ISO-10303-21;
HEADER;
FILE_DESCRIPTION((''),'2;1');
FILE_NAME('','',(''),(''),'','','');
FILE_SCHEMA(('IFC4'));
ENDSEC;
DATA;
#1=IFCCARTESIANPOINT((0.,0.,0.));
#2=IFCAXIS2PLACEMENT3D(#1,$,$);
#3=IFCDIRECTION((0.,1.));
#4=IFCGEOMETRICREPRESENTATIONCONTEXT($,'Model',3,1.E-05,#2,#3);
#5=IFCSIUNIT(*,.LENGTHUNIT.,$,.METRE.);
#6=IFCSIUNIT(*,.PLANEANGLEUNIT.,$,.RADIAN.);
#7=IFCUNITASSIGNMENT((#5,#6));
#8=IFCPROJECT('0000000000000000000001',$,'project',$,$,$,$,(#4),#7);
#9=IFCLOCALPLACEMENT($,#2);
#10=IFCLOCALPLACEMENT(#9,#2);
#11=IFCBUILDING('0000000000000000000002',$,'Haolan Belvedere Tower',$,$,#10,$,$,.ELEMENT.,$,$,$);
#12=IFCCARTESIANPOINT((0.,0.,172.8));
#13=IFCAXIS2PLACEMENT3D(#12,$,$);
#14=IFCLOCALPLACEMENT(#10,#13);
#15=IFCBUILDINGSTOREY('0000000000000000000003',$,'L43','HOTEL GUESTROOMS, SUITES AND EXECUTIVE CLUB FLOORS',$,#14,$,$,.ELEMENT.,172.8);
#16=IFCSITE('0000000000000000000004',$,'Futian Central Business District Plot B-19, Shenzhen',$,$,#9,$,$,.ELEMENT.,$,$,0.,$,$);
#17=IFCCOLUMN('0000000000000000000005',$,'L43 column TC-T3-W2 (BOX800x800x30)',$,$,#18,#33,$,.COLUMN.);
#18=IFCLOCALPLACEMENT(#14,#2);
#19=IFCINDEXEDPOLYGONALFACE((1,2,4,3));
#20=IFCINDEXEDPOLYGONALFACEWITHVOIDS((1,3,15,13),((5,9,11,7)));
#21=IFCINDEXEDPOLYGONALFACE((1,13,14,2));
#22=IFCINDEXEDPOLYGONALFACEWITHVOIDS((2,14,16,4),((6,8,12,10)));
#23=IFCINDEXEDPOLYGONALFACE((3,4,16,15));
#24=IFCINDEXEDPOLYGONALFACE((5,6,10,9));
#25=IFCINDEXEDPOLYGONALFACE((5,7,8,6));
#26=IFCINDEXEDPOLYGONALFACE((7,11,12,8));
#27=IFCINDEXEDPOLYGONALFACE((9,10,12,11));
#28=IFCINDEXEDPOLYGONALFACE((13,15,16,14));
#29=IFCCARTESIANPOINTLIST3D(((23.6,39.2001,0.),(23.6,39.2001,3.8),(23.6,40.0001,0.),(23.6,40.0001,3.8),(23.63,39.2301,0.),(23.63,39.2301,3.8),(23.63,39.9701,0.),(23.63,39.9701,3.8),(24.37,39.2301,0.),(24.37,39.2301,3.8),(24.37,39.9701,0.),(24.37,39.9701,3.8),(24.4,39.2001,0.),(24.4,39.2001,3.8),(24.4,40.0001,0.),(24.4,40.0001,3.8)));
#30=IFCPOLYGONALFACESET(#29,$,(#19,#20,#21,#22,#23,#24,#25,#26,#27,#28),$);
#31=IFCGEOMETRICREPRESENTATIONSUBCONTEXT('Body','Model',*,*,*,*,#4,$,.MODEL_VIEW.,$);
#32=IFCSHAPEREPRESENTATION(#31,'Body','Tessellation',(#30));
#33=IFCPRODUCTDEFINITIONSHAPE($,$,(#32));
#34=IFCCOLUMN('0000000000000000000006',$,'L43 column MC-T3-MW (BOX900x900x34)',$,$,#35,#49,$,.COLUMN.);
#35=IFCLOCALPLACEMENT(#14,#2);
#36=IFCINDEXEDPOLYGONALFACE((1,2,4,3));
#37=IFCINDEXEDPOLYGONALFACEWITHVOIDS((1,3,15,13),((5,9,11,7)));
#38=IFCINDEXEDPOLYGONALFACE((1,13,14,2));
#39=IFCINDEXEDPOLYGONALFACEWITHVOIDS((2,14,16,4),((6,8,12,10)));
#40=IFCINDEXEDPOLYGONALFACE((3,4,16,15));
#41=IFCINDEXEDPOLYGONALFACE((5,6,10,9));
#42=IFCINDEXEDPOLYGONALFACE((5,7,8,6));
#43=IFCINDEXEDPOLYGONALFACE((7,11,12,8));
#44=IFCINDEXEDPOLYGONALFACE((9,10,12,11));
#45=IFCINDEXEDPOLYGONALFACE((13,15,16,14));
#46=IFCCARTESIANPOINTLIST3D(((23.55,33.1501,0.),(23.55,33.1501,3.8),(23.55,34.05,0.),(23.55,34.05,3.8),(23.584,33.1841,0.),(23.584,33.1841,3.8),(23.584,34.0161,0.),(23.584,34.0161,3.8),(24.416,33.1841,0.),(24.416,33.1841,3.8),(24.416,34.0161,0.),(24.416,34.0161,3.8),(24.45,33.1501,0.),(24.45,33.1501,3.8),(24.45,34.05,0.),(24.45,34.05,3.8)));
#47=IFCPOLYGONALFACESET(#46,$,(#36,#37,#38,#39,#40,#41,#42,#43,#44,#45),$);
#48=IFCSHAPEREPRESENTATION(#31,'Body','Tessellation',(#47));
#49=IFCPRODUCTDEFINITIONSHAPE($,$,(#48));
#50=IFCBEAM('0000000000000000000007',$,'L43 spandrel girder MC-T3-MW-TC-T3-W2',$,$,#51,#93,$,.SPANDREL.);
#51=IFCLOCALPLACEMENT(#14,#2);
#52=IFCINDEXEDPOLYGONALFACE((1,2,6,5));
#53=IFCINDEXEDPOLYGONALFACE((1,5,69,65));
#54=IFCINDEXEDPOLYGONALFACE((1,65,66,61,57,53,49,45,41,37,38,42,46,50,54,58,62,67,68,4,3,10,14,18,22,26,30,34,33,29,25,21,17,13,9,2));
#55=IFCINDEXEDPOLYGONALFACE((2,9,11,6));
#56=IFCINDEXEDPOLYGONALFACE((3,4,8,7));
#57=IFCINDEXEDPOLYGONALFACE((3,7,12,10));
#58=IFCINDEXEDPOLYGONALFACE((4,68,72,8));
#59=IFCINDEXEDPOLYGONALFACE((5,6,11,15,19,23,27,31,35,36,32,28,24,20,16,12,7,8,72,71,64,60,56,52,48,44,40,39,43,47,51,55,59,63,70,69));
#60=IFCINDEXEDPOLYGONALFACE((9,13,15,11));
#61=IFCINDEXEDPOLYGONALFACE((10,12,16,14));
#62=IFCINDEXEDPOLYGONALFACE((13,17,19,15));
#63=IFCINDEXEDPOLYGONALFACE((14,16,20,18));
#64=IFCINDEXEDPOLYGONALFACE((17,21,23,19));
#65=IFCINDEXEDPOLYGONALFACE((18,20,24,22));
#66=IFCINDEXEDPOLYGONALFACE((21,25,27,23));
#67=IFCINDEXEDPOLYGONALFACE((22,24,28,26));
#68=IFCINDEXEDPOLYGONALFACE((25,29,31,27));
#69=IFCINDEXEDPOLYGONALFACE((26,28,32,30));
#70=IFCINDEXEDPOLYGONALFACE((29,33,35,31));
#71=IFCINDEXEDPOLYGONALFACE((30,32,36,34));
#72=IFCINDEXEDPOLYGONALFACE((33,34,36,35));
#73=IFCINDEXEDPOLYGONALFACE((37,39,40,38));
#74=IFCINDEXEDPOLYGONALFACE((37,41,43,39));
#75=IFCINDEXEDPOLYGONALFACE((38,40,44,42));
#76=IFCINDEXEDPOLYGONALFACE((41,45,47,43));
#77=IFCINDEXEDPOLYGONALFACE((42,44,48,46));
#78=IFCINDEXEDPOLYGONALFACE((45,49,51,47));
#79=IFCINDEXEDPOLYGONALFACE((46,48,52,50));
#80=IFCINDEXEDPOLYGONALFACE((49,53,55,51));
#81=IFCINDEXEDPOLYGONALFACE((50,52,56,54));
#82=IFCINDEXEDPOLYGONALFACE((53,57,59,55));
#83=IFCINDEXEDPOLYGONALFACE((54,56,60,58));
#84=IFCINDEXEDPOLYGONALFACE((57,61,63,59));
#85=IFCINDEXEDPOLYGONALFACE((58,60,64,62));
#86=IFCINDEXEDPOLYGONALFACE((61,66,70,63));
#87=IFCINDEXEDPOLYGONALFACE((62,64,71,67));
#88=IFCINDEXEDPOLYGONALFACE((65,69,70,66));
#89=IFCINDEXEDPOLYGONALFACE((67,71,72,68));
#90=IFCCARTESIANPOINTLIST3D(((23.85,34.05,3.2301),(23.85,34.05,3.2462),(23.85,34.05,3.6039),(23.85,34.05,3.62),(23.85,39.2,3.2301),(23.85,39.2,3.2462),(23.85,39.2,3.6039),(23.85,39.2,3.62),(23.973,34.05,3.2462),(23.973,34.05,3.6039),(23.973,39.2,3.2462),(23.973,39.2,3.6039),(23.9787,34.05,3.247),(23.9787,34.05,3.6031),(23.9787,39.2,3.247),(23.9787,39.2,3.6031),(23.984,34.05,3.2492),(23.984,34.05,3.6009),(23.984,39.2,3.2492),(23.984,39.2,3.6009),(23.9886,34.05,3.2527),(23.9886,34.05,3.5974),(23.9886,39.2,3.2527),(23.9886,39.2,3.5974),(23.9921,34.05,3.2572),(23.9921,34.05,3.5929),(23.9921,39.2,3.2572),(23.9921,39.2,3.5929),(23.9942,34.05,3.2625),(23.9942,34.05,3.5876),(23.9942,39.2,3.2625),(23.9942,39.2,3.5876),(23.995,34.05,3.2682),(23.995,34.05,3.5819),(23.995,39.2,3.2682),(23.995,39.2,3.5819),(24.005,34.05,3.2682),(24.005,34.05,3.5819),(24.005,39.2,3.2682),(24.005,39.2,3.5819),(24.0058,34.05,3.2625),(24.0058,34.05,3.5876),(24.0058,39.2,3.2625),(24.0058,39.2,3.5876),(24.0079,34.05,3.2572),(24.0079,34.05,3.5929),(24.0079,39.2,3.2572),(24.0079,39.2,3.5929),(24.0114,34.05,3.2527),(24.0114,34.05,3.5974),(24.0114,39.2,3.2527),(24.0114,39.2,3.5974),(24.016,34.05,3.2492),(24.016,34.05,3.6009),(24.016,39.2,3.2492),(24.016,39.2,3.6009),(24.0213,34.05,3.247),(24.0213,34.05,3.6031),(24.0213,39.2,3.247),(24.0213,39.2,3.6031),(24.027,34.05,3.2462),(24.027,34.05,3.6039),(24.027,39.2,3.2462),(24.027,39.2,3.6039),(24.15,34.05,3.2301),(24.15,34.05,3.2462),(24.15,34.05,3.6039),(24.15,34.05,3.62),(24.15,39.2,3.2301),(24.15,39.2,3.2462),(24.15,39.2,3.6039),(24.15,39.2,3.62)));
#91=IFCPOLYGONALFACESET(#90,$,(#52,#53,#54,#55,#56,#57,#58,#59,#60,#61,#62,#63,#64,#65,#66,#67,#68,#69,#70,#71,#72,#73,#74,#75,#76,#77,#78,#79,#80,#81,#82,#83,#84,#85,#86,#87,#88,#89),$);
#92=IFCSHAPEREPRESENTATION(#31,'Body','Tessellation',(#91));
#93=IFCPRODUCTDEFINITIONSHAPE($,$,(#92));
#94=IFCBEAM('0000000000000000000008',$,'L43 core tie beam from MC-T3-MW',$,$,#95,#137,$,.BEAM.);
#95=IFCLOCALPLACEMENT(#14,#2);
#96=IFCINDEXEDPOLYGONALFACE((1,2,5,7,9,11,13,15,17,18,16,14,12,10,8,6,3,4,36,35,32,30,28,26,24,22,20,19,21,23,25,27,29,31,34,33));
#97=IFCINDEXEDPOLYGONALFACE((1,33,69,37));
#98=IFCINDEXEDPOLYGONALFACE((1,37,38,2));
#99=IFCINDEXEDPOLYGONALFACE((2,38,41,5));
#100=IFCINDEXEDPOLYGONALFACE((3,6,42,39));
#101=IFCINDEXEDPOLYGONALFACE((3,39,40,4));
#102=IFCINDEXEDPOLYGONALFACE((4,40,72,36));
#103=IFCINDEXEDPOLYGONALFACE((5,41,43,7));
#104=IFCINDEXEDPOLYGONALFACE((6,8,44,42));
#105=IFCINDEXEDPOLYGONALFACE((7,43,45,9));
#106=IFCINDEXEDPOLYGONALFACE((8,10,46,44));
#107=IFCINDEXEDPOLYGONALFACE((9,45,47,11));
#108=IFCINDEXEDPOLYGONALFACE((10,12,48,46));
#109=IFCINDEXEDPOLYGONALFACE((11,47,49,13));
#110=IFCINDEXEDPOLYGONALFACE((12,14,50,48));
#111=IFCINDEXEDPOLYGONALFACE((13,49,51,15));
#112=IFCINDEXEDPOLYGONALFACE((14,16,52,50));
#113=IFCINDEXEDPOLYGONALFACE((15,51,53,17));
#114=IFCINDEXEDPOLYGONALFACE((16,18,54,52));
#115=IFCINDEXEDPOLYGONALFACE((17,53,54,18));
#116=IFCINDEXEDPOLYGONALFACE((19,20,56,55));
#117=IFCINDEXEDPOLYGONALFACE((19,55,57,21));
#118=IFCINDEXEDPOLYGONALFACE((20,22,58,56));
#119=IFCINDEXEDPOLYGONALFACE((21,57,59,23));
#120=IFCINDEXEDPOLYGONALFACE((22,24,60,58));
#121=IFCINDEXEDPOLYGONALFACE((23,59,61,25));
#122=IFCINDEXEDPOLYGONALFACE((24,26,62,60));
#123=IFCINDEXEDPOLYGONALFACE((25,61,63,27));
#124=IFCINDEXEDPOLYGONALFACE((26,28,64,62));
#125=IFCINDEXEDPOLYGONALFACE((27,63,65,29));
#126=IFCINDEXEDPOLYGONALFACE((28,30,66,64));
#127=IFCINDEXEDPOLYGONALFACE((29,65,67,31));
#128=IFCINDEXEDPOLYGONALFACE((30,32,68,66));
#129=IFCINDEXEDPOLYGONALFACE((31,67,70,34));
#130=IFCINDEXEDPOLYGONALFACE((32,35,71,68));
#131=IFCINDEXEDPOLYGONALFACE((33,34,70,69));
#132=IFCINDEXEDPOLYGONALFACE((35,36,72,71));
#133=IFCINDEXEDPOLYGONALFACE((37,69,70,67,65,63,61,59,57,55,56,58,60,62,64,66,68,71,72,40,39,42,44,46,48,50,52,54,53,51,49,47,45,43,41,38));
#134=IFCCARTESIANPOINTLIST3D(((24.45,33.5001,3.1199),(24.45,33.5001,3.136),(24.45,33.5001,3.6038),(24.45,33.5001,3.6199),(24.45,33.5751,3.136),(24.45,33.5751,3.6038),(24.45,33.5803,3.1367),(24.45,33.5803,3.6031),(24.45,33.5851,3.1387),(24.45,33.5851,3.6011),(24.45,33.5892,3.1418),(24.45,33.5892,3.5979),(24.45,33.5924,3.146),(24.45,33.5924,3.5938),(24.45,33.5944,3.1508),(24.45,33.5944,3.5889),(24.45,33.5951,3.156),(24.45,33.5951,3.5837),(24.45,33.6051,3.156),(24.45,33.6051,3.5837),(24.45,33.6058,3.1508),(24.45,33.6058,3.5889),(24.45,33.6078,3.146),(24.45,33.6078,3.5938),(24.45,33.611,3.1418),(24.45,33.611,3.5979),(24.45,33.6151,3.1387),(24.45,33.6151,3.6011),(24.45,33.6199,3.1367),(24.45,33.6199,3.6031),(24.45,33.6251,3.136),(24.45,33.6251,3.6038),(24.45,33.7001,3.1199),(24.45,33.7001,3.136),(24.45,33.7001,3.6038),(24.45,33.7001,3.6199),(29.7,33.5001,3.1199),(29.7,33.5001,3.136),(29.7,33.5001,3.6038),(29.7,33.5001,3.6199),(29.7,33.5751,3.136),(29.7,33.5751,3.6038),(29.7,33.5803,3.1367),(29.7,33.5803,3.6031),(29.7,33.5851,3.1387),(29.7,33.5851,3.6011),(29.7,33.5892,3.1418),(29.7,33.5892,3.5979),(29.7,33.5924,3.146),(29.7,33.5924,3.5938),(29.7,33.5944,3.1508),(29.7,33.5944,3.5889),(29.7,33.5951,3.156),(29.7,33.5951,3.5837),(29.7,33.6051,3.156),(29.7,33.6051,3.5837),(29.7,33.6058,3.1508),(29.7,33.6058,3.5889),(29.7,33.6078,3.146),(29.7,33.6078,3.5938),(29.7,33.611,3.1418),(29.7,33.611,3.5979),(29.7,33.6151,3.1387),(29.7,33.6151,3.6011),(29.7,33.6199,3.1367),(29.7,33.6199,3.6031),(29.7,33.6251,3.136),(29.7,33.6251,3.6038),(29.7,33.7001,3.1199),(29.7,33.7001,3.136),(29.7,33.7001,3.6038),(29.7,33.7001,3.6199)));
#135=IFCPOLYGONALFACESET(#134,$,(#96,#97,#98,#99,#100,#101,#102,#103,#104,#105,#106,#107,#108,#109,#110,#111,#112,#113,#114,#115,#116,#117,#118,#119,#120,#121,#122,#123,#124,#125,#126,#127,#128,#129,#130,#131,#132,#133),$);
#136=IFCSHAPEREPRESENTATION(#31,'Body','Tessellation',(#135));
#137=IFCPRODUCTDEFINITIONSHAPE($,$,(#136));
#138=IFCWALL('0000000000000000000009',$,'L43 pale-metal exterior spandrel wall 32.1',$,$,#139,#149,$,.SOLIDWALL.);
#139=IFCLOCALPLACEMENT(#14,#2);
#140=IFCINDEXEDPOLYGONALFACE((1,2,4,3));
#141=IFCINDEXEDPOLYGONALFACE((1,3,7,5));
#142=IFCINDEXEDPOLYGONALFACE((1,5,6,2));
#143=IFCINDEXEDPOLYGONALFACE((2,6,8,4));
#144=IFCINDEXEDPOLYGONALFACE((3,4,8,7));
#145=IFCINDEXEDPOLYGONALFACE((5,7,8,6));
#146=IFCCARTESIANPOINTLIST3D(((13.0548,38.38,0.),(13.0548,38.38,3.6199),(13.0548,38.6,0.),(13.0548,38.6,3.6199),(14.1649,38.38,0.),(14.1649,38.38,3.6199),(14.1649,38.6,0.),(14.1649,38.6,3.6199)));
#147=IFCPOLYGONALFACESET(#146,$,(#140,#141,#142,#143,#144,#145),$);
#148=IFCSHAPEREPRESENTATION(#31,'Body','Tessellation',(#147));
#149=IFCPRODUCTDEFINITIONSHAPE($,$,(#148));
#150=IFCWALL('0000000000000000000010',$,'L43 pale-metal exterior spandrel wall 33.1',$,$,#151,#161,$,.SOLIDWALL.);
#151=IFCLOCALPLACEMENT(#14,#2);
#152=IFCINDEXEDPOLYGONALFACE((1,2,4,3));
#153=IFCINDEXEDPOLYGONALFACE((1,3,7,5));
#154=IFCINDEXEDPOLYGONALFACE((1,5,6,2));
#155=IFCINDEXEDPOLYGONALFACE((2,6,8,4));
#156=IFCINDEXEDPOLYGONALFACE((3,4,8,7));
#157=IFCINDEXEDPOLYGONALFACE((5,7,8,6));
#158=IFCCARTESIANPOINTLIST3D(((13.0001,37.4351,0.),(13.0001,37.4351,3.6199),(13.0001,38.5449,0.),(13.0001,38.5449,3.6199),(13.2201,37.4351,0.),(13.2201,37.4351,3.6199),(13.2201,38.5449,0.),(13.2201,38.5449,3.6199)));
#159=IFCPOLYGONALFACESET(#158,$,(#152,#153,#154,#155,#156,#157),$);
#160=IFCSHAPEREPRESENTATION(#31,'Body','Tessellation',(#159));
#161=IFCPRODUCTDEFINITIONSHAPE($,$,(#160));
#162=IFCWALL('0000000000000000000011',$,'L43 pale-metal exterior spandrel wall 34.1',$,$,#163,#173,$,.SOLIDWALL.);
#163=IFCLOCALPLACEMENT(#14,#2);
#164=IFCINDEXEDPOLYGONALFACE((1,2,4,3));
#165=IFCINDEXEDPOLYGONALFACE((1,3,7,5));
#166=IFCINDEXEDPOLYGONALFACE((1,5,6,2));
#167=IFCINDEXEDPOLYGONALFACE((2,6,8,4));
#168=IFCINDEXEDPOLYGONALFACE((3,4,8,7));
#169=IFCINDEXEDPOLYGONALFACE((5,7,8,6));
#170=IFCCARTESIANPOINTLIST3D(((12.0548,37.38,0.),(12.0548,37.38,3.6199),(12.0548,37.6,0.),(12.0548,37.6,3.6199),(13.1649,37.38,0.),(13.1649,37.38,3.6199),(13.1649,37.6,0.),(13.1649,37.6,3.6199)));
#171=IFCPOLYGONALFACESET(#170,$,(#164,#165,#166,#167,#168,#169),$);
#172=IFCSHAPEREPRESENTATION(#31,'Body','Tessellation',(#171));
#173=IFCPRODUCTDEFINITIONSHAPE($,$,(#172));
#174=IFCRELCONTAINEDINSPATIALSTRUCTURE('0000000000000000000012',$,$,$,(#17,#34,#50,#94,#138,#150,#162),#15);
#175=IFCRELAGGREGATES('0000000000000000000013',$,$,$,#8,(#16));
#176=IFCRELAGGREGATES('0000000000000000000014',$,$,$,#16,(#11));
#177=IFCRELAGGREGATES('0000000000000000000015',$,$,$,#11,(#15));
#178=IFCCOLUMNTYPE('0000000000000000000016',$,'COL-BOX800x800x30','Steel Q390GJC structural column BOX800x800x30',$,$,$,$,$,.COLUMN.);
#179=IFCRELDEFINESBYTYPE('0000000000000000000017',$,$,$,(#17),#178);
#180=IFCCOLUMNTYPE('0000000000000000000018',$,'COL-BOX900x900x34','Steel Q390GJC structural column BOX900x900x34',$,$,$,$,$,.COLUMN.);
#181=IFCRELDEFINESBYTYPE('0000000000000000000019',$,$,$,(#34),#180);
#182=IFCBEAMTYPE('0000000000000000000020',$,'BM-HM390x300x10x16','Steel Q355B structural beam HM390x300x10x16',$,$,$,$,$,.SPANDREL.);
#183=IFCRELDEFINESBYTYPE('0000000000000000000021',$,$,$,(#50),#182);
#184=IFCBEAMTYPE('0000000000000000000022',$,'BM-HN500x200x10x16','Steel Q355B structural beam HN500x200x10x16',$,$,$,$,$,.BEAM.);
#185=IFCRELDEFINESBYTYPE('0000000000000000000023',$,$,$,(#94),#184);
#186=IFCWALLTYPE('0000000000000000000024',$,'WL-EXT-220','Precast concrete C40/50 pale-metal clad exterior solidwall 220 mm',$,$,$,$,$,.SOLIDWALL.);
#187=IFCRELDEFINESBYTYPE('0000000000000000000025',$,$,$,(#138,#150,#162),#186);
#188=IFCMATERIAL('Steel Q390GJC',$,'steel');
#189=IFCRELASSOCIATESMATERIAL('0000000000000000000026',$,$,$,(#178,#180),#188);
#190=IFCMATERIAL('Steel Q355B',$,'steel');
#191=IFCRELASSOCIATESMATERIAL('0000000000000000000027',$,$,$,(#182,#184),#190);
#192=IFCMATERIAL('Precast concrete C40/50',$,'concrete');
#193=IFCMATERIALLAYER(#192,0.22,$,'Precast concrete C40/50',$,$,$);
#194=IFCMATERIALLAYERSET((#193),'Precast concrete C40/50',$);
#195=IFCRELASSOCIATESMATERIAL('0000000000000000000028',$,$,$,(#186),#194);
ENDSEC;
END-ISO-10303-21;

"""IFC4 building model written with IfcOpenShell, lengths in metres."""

from ifc_helpers import new_model, si_unit, direction, frame, frame_2d, origin, origin_2d, place, context, subcontext, project, spatial, rectangle, hollow_rectangle, i_section, extrude, material, layer, layer_set, material_profile, profile_set, type_object, element, save


model = new_model("IFC4")

# Units and contexts
model_context = context("Model", 3, precision=1e-05, world=origin(), true_north=direction((0.0, 1.0)))
body_context = subcontext(model_context, "Body", "Model", "MODEL_VIEW")
ifc_project = project(units=[si_unit("LENGTHUNIT", "METRE"), si_unit("PLANEANGLEUNIT", "RADIAN")], contexts=[model_context])

# Site, building, storey
site_placement = place(None, origin())
site = spatial("IfcSite", under=ifc_project, at=site_placement, Name="Futian Central Business District Plot B-19, Shenzhen", CompositionType="ELEMENT", RefElevation=0.0)
building_placement = place(site_placement, origin())
building = spatial("IfcBuilding", under=site, at=building_placement, Name="Haolan Belvedere Tower", CompositionType="ELEMENT")
storey_placement = place(building_placement, frame((0.0, 0.0, 172.8)))
storey = spatial("IfcBuildingStorey", under=building, at=storey_placement, Name="L43", Description="HOTEL GUESTROOMS, SUITES AND EXECUTIVE CLUB FLOORS", CompositionType="ELEMENT", Elevation=172.8)

# Columns
ifc_material_1 = material(Name="Steel Q390GJC", Category="steel")
ifc_material_profile_1 = material_profile(ifc_material_1, hollow_rectangle(XDim=0.8, YDim=0.8, WallThickness=0.03, at=origin_2d()), Name="Steel Q390GJC")
ifc_profile_set_1 = profile_set([ifc_material_profile_1], Name="Steel Q390GJC")
column_type_1 = type_object("IfcColumnType", Name="COL-BOX800x800x30", Description="Steel Q390GJC structural column BOX800x800x30", PredefinedType="COLUMN", material=ifc_profile_set_1)
column_1_placement = place(storey_placement, frame((24.0, 39.6001, 0.0), z_axis=(0.0, 0.0, 1.0), x_axis=(1.0, 0.0, 0.0)))
element("IfcColumn", 1, at=column_1_placement, inside=storey, type_object=column_type_1, Name="L43 column TC-T3-W2 (BOX800x800x30)", PredefinedType="COLUMN", context=body_context, shape_type="SweptSolid", body=[
    extrude(hollow_rectangle(XDim=0.8, YDim=0.8, WallThickness=0.03, at=origin_2d()), origin(), (0.0, 0.0, 1.0), 3.8),
])
ifc_material_profile_2 = material_profile(ifc_material_1, hollow_rectangle(XDim=0.8999, YDim=0.8999, WallThickness=0.0339, at=origin_2d()), Name="Steel Q390GJC")
ifc_profile_set_2 = profile_set([ifc_material_profile_2], Name="Steel Q390GJC")
column_type_2 = type_object("IfcColumnType", Name="COL-BOX900x900x34", Description="Steel Q390GJC structural column BOX900x900x34", PredefinedType="COLUMN", material=ifc_profile_set_2)
column_2_placement = place(storey_placement, frame((24.0, 33.6001, 0.0), z_axis=(0.0, 0.0, 1.0), x_axis=(1.0, 0.0, 0.0)))
element("IfcColumn", 2, at=column_2_placement, inside=storey, type_object=column_type_2, Name="L43 column MC-T3-MW (BOX900x900x34)", PredefinedType="COLUMN", context=body_context, shape_type="SweptSolid", body=[
    extrude(hollow_rectangle(XDim=0.8999, YDim=0.8999, WallThickness=0.0339, at=origin_2d()), origin(), (0.0, 0.0, 1.0), 3.8),
])

# Beams
ifc_material_2 = material(Name="Steel Q355B", Category="steel")
ifc_material_profile_3 = material_profile(ifc_material_2, i_section(OverallWidth=0.3, OverallDepth=0.3899, WebThickness=0.01, FlangeThickness=0.0161, FilletRadius=0.022, at=origin_2d()), Name="Steel Q355B")
ifc_profile_set_3 = profile_set([ifc_material_profile_3], Name="Steel Q355B")
beam_type_1 = type_object("IfcBeamType", Name="BM-HM390x300x10x16", Description="Steel Q355B structural beam HM390x300x10x16", PredefinedType="SPANDREL", material=ifc_profile_set_3)
beam_1_placement = place(storey_placement, frame((24.0, 34.05, 3.425), z_axis=(0.0, 1.0, 0.0), x_axis=(-1.0, 0.0, 0.0)))
element("IfcBeam", 3, at=beam_1_placement, inside=storey, type_object=beam_type_1, Name="L43 spandrel girder MC-T3-MW-TC-T3-W2", PredefinedType="SPANDREL", context=body_context, shape_type="SweptSolid", body=[
    extrude(i_section(OverallWidth=0.3, OverallDepth=0.3899, WebThickness=0.01, FlangeThickness=0.0161, FilletRadius=0.022, at=origin_2d()), origin(), (0.0, 0.0, 1.0), 5.1499),
])
ifc_material_profile_4 = material_profile(ifc_material_2, i_section(OverallWidth=0.2, OverallDepth=0.5, WebThickness=0.01, FlangeThickness=0.0161, FilletRadius=0.02, at=origin_2d()), Name="Steel Q355B")
ifc_profile_set_4 = profile_set([ifc_material_profile_4], Name="Steel Q355B")
beam_type_2 = type_object("IfcBeamType", Name="BM-HN500x200x10x16", Description="Steel Q355B structural beam HN500x200x10x16", PredefinedType="BEAM", material=ifc_profile_set_4)
beam_2_placement = place(storey_placement, frame((24.45, 33.6001, 3.3699), z_axis=(1.0, 0.0, 0.0), x_axis=(0.0, 1.0, 0.0)))
element("IfcBeam", 4, at=beam_2_placement, inside=storey, type_object=beam_type_2, Name="L43 core tie beam from MC-T3-MW", PredefinedType="BEAM", context=body_context, shape_type="SweptSolid", body=[
    extrude(i_section(OverallWidth=0.2, OverallDepth=0.5, WebThickness=0.01, FlangeThickness=0.0161, FilletRadius=0.02, at=origin_2d()), origin(), (0.0, 0.0, 1.0), 5.25),
])

# Walls
ifc_material_3 = material(Name="Precast concrete C40/50", Category="concrete")
ifc_layer_1 = layer(ifc_material_3, 0.22, Name="Precast concrete C40/50")
ifc_layer_set_1 = layer_set([ifc_layer_1], Name="Precast concrete C40/50")
wall_type_1 = type_object("IfcWallType", Name="WL-EXT-220", Description="Precast concrete C40/50 pale-metal clad exterior solidwall 220 mm", PredefinedType="SOLIDWALL", material=ifc_layer_set_1)
wall_1_placement = place(storey_placement, frame((14.165, 38.49, 0.0), z_axis=(0.0, 0.0, 1.0), x_axis=(-1.0, 0.0, 0.0)))
element("IfcWall", 5, at=wall_1_placement, inside=storey, type_object=wall_type_1, Name="L43 pale-metal exterior spandrel wall 32.1", PredefinedType="SOLIDWALL", context=body_context, shape_type="SweptSolid", body=[
    extrude(rectangle(XDim=1.1101, YDim=0.22, at=frame_2d((0.5552, 0.0))), origin(), (0.0, 0.0, 1.0), 3.6199),
])
wall_2_placement = place(storey_placement, frame((13.1101, 38.5449, 0.0), z_axis=(0.0, 0.0, 1.0), x_axis=(0.0, -1.0, 0.0)))
element("IfcWall", 6, at=wall_2_placement, inside=storey, type_object=wall_type_1, Name="L43 pale-metal exterior spandrel wall 33.1", PredefinedType="SOLIDWALL", context=body_context, shape_type="SweptSolid", body=[
    extrude(rectangle(XDim=1.1099, YDim=0.22, at=frame_2d((0.5549, 0.0))), origin(), (0.0, 0.0, 1.0), 3.6199),
])
wall_3_placement = place(storey_placement, frame((13.165, 37.49, 0.0), z_axis=(0.0, 0.0, 1.0), x_axis=(-1.0, 0.0, 0.0)))
element("IfcWall", 7, at=wall_3_placement, inside=storey, type_object=wall_type_1, Name="L43 pale-metal exterior spandrel wall 34.1", PredefinedType="SOLIDWALL", context=body_context, shape_type="SweptSolid", body=[
    extrude(rectangle(XDim=1.1101, YDim=0.22, at=frame_2d((0.5552, 0.0))), origin(), (0.0, 0.0, 1.0), 3.6199),
])

save(model, "model.ifc")
